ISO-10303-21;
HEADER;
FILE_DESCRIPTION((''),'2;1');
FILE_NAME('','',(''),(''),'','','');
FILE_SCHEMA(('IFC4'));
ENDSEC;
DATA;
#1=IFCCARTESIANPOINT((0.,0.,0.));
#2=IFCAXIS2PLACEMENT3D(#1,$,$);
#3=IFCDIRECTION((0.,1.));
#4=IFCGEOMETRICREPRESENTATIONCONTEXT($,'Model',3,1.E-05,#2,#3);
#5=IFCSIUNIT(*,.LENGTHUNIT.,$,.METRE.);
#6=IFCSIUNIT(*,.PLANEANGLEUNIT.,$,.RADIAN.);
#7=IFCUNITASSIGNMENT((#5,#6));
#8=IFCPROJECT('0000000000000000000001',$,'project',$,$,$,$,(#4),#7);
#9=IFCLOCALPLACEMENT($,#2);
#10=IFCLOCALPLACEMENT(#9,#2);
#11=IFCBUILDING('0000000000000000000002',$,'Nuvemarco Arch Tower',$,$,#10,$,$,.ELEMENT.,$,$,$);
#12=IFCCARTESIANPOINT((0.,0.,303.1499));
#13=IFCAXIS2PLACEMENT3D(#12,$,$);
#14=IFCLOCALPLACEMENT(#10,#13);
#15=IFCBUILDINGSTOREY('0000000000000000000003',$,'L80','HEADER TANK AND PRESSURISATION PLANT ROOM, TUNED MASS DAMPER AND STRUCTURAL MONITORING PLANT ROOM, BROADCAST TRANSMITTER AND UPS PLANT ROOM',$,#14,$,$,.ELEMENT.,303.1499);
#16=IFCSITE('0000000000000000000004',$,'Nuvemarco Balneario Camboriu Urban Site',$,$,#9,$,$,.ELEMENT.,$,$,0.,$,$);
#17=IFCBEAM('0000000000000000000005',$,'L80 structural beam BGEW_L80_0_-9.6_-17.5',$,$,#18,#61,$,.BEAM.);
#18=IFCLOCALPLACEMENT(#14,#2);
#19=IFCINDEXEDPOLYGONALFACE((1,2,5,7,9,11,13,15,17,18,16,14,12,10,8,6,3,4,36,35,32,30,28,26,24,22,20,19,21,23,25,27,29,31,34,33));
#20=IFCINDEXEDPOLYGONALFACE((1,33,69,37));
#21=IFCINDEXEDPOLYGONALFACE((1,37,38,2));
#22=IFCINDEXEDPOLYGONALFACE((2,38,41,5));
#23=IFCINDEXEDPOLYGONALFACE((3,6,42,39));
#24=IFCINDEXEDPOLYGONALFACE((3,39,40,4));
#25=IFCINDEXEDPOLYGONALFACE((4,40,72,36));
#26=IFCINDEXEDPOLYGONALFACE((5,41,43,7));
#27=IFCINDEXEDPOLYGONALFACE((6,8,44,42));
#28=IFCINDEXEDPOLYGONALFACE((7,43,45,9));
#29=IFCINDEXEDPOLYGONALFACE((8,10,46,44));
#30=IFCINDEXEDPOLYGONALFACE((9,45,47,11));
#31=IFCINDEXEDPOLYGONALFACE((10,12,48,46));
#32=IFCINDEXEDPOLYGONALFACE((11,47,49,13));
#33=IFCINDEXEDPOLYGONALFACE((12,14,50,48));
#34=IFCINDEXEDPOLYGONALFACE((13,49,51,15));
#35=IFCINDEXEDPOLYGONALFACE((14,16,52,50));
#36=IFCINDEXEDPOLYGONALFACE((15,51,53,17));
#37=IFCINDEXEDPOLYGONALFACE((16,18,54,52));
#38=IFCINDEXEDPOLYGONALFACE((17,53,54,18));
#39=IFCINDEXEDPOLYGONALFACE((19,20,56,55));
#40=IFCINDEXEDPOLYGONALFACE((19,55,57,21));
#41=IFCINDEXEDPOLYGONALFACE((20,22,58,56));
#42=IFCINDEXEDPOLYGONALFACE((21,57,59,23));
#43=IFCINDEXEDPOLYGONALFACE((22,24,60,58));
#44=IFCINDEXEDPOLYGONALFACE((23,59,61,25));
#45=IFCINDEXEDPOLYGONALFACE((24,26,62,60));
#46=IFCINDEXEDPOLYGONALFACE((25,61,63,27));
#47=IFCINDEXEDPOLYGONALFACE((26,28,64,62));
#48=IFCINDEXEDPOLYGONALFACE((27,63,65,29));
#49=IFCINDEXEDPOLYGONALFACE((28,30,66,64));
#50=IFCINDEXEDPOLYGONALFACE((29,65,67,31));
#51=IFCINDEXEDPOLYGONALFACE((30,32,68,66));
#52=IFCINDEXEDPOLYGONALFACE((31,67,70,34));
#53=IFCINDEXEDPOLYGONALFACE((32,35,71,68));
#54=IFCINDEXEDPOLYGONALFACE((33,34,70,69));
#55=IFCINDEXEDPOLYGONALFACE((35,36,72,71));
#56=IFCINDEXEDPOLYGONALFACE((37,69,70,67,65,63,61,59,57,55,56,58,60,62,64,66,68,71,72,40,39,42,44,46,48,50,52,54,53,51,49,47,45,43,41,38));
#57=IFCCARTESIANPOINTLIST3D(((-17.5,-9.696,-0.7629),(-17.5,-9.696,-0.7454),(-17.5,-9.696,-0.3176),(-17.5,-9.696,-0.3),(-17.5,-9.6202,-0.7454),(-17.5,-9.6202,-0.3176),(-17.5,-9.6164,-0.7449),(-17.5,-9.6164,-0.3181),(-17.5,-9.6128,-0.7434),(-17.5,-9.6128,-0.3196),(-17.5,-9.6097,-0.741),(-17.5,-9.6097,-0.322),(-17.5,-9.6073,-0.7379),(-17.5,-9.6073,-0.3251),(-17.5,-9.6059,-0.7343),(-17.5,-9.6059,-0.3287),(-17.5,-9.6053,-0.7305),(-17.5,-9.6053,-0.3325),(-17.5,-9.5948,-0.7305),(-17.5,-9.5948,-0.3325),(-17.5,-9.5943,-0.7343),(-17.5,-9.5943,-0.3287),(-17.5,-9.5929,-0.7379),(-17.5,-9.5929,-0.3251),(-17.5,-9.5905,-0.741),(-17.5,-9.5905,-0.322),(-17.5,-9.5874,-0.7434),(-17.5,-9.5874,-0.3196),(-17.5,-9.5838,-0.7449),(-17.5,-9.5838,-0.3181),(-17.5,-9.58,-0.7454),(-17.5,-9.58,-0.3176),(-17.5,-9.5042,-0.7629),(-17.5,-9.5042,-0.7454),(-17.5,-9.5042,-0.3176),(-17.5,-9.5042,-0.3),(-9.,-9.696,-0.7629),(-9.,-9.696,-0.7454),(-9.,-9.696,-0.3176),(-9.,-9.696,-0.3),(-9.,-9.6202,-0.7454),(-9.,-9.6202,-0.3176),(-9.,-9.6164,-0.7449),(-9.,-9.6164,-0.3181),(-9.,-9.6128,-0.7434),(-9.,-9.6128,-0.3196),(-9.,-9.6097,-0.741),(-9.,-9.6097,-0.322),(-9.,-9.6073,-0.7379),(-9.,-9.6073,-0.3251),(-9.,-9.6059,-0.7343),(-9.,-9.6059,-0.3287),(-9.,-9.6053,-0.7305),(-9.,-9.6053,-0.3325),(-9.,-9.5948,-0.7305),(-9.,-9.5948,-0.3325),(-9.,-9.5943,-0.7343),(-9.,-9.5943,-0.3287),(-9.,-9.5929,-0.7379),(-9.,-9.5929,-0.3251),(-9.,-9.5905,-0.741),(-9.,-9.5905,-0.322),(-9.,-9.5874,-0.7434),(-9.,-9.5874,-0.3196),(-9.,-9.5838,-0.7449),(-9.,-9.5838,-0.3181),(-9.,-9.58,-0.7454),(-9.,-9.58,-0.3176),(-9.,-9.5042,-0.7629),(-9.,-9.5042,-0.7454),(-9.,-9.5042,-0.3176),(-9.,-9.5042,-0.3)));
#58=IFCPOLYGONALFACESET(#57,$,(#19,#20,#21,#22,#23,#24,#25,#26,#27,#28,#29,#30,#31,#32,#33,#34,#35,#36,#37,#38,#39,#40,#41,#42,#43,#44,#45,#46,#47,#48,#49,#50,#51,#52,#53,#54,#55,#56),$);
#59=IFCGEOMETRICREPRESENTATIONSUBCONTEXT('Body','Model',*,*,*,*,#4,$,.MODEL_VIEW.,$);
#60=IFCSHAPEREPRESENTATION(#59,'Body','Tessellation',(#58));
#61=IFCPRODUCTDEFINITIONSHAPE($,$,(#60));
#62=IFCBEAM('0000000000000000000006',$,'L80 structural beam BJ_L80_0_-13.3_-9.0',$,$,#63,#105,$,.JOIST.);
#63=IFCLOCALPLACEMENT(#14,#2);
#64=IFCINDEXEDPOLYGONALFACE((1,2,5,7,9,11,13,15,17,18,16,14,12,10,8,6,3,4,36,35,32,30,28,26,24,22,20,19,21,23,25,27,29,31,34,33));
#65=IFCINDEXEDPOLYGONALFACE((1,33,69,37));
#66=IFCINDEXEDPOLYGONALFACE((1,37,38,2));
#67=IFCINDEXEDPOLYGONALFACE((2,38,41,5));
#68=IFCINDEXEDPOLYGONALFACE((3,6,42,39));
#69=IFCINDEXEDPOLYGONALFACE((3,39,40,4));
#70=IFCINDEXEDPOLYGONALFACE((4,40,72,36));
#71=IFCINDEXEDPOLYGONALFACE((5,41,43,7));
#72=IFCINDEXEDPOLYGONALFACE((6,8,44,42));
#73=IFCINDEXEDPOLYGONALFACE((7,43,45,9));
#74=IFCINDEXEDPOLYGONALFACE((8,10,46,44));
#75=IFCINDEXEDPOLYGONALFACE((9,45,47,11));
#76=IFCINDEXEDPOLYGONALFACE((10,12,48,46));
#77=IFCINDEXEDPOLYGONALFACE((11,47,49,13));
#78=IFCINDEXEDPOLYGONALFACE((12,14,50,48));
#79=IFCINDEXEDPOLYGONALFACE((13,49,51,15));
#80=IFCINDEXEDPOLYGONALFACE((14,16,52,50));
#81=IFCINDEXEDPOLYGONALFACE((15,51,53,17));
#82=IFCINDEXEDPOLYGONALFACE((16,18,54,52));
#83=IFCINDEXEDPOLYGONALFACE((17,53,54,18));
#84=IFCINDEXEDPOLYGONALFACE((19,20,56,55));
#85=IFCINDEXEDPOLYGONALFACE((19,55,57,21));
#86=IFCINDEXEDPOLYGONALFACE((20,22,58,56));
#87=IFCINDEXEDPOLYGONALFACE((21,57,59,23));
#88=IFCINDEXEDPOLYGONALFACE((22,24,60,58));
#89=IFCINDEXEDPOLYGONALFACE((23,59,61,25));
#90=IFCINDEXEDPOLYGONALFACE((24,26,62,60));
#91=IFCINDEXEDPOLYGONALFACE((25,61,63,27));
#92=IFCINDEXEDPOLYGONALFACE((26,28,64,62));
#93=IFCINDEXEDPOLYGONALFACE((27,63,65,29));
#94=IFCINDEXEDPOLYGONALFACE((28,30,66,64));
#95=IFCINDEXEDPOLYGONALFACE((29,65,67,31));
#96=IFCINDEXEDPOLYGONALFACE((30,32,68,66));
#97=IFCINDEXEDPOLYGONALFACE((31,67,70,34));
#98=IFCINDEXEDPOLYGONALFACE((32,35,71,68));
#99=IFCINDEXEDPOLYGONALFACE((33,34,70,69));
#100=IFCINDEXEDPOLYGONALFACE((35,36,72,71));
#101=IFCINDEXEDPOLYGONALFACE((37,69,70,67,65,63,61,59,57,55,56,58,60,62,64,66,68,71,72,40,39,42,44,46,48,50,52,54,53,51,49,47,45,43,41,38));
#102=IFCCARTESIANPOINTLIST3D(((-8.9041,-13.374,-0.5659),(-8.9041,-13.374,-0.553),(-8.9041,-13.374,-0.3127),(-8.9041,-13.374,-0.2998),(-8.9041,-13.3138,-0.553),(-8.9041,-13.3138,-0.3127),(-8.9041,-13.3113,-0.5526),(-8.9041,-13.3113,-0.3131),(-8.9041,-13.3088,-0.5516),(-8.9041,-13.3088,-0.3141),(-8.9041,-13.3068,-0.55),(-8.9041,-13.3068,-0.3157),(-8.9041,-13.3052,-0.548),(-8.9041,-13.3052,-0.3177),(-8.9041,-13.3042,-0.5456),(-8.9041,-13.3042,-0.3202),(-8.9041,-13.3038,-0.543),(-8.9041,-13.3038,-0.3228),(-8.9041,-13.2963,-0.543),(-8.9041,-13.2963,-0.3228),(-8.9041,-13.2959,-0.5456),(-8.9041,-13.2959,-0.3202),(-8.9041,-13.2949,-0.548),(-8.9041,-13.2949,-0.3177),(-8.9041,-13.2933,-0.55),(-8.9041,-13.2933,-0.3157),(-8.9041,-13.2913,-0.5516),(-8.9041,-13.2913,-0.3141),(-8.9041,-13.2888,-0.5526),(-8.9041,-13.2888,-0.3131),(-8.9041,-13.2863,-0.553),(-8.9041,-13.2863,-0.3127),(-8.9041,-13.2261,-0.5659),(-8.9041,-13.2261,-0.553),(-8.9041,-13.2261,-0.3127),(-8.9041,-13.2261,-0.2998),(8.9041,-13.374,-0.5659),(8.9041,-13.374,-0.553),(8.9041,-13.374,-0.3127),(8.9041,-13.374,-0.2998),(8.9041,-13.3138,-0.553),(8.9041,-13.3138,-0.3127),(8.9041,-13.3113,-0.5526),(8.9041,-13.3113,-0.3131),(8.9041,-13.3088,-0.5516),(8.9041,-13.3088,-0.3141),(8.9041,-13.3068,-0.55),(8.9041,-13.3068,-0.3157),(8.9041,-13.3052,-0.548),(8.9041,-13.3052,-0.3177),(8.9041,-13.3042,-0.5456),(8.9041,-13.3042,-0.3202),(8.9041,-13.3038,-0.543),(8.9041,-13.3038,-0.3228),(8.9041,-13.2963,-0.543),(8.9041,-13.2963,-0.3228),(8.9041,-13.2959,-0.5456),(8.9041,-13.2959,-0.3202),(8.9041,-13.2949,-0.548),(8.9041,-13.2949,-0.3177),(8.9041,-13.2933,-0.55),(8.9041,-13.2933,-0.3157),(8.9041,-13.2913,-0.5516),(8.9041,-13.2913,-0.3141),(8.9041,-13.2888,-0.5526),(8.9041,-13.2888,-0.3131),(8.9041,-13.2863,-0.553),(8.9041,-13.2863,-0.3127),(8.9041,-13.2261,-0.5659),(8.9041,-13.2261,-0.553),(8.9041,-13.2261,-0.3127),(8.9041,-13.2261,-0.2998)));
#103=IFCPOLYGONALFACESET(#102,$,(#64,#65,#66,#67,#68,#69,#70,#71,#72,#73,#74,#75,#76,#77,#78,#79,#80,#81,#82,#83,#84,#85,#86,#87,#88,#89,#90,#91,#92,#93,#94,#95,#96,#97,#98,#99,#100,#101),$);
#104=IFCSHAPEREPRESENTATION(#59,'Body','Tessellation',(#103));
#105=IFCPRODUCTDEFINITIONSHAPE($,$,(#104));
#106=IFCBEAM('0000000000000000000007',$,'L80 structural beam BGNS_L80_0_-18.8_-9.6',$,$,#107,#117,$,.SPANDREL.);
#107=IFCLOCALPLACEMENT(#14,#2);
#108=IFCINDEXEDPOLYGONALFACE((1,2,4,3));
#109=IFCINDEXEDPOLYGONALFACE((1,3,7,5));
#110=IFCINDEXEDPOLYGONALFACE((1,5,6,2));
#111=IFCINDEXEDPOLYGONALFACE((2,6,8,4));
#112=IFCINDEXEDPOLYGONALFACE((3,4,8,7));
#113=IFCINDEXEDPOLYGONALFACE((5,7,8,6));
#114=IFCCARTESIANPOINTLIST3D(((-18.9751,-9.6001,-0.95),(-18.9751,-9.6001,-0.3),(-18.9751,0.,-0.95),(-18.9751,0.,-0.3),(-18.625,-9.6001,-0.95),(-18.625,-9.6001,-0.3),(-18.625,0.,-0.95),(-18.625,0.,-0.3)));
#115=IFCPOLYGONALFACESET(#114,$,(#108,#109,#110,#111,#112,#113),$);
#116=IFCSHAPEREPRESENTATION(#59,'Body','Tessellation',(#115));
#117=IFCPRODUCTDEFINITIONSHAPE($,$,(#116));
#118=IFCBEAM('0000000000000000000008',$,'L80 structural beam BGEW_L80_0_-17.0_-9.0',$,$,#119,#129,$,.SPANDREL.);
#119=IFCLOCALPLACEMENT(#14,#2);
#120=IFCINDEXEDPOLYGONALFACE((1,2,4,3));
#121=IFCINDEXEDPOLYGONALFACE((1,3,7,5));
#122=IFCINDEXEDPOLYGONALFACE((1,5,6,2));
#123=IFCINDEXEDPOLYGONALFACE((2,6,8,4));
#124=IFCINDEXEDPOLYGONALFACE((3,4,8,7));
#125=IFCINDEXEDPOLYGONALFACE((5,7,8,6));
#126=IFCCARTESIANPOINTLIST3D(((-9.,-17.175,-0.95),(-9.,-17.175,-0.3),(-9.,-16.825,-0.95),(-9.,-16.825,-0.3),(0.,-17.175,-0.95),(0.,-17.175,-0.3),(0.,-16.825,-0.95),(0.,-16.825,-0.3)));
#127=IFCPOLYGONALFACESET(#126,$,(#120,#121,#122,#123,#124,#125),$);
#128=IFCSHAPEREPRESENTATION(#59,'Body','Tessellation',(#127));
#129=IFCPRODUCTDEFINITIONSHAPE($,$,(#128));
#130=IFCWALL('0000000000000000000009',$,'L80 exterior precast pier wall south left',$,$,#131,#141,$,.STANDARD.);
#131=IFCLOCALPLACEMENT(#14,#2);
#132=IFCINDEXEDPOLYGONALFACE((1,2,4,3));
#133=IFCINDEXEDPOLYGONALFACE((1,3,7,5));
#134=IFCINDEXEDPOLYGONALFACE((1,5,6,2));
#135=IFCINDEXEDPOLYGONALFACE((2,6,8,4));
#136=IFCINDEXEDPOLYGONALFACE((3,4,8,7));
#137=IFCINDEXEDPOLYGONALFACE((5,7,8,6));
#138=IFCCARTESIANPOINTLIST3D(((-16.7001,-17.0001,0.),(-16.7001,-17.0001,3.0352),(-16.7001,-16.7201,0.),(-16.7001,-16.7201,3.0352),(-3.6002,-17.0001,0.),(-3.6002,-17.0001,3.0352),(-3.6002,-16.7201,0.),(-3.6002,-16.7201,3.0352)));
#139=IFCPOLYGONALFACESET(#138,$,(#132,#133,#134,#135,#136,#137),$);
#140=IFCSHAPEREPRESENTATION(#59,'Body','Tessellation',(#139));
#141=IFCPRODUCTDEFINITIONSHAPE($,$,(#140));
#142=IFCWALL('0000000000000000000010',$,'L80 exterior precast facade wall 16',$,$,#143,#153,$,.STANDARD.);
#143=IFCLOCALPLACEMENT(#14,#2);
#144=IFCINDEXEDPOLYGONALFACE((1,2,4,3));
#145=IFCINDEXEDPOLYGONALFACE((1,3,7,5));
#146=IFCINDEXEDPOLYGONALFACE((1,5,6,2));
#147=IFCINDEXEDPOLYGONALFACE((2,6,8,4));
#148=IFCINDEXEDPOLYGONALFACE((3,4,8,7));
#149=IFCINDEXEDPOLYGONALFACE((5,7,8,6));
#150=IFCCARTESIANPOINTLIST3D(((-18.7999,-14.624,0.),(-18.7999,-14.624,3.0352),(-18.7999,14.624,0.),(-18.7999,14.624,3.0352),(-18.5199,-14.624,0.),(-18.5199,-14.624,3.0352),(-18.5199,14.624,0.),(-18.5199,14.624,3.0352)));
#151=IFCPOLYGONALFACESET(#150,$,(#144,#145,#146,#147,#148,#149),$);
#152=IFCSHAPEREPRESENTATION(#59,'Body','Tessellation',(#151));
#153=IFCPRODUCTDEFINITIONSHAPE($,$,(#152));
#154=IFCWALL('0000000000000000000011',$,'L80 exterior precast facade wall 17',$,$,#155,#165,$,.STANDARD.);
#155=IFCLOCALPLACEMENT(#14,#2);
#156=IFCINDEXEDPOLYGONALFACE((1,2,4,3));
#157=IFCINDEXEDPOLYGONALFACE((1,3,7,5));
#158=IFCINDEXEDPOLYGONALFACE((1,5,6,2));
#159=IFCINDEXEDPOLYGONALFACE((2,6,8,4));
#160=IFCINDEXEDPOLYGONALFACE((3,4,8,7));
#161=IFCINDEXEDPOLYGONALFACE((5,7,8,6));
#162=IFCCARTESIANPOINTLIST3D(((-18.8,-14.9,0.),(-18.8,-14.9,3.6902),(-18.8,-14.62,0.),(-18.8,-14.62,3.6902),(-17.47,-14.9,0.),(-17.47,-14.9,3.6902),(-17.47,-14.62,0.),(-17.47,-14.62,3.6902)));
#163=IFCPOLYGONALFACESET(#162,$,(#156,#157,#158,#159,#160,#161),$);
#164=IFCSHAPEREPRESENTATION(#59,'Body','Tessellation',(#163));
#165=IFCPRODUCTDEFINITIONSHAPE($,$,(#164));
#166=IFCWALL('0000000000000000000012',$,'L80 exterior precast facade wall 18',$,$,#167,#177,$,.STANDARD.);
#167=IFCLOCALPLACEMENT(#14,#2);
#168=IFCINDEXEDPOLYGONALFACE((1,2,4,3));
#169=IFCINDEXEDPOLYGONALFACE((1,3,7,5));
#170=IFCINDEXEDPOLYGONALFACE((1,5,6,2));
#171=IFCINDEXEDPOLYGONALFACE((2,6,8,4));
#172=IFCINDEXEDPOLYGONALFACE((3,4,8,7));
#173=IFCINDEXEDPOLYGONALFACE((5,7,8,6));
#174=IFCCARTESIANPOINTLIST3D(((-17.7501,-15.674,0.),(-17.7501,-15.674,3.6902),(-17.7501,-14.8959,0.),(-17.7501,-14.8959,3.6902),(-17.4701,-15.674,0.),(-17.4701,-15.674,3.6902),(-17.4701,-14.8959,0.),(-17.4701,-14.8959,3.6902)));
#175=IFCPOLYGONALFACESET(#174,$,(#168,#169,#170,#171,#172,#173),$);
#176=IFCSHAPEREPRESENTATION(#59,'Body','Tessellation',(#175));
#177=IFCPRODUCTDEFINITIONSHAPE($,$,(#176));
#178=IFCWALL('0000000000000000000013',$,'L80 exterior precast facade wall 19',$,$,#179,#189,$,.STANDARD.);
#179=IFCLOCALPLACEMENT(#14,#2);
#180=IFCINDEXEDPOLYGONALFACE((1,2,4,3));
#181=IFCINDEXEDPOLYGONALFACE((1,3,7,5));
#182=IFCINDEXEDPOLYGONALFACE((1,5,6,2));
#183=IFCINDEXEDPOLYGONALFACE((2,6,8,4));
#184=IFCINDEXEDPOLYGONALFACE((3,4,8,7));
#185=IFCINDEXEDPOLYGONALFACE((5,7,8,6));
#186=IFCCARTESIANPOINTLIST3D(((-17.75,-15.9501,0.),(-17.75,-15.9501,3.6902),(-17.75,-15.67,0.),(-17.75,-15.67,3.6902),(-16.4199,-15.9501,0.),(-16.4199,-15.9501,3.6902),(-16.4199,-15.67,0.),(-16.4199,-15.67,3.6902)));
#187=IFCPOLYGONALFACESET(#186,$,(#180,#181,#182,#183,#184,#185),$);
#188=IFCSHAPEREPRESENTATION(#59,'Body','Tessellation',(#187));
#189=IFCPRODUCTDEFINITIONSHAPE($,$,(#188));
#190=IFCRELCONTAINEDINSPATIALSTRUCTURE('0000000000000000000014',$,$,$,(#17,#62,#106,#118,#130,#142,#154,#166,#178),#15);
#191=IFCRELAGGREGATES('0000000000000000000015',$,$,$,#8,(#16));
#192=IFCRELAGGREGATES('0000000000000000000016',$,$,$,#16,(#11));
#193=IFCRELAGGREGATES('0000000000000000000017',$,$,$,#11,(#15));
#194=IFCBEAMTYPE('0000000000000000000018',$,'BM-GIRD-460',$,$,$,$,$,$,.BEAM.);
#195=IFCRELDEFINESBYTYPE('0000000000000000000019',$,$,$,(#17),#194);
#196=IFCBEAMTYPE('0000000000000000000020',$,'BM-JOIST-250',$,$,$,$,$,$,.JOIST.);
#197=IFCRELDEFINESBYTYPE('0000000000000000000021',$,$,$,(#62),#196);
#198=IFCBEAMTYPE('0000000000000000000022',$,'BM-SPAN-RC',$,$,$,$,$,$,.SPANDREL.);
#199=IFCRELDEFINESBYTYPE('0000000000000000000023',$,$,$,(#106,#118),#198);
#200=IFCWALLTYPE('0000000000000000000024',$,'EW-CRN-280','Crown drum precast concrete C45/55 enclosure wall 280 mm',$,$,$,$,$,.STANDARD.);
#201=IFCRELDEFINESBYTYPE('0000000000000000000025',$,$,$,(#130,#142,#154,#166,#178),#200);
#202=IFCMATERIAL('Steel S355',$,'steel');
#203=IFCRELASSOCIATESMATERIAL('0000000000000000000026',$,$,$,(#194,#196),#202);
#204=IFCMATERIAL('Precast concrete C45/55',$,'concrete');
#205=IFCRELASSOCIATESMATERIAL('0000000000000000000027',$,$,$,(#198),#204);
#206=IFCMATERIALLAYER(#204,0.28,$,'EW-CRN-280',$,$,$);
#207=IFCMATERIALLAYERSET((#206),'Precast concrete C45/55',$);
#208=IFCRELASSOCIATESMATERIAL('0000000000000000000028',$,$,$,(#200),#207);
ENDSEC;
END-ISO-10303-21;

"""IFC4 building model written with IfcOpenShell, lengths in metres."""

from ifc_helpers import new_model, si_unit, direction, frame, frame_2d, origin, origin_2d, place, context, subcontext, project, spatial, rectangle, i_section, extrude, material, layer, layer_set, material_profile, profile_set, type_object, element, save


model = new_model("IFC4")

# Units and contexts
model_context = context("Model", 3, precision=1e-05, world=origin(), true_north=direction((0.0, 1.0)))
body_context = subcontext(model_context, "Body", "Model", "MODEL_VIEW")
ifc_project = project(units=[si_unit("LENGTHUNIT", "METRE"), si_unit("PLANEANGLEUNIT", "RADIAN")], contexts=[model_context])

# Site, building, storey
site_placement = place(None, origin())
site = spatial("IfcSite", under=ifc_project, at=site_placement, Name="Nuvemarco Balneario Camboriu Urban Site", CompositionType="ELEMENT", RefElevation=0.0)
building_placement = place(site_placement, origin())
building = spatial("IfcBuilding", under=site, at=building_placement, Name="Nuvemarco Arch Tower", CompositionType="ELEMENT")
storey_placement = place(building_placement, frame((0.0, 0.0, 303.1499)))
storey = spatial("IfcBuildingStorey", under=building, at=storey_placement, Name="L80", Description="HEADER TANK AND PRESSURISATION PLANT ROOM, TUNED MASS DAMPER AND STRUCTURAL MONITORING PLANT ROOM, BROADCAST TRANSMITTER AND UPS PLANT ROOM", CompositionType="ELEMENT", Elevation=303.1499)

# Shared definitions
ifc_material_1 = material(Name="Steel S355", Category="steel")

# Beams
ifc_material_profile_1 = material_profile(ifc_material_1, i_section(OverallWidth=0.1919, OverallDepth=0.4629, WebThickness=0.0105, FlangeThickness=0.0176, FilletRadius=0.0149, at=origin_2d()), Name="W460x89")
ifc_profile_set_1 = profile_set([ifc_material_profile_1], Name="Steel S355")
beam_type_1 = type_object("IfcBeamType", Name="BM-GIRD-460", PredefinedType="BEAM", material=ifc_profile_set_1)
beam_1_placement = place(storey_placement, frame((-17.5, -9.6001, -0.5315), z_axis=(1.0, 0.0, 0.0), x_axis=(0.0, 1.0, 0.0)))
element("IfcBeam", 1, at=beam_1_placement, inside=storey, type_object=beam_type_1, Name="L80 structural beam BGEW_L80_0_-9.6_-17.5", PredefinedType="BEAM", context=body_context, shape_type="SweptSolid", body=[
    extrude(i_section(OverallWidth=0.1919, OverallDepth=0.4629, WebThickness=0.0105, FlangeThickness=0.0176, FilletRadius=0.0149, at=origin_2d()), origin(), (0.0, 0.0, 1.0), 8.5),
])
ifc_material_profile_2 = material_profile(ifc_material_1, i_section(OverallWidth=0.1479, OverallDepth=0.2661, WebThickness=0.0076, FlangeThickness=0.0129, FilletRadius=0.01, at=origin_2d()), Name="W250x44.8")
ifc_profile_set_2 = profile_set([ifc_material_profile_2], Name="Steel S355")
beam_type_2 = type_object("IfcBeamType", Name="BM-JOIST-250", PredefinedType="JOIST", material=ifc_profile_set_2)
beam_2_placement = place(storey_placement, frame((-8.9041, -13.3, -0.4329), z_axis=(1.0, 0.0, 0.0), x_axis=(0.0, 1.0, 0.0)))
element("IfcBeam", 2, at=beam_2_placement, inside=storey, type_object=beam_type_2, Name="L80 structural beam BJ_L80_0_-13.3_-9.0", PredefinedType="JOIST", context=body_context, shape_type="SweptSolid", body=[
    extrude(i_section(OverallWidth=0.1479, OverallDepth=0.2661, WebThickness=0.0076, FlangeThickness=0.0129, FilletRadius=0.01, at=origin_2d()), origin(), (0.0, 0.0, 1.0), 17.8081),
])
ifc_material_2 = material(Name="Precast concrete C45/55", Category="concrete")
ifc_material_profile_3 = material_profile(ifc_material_2, rectangle(XDim=0.3501, YDim=0.6499, at=origin_2d()), Name="PC-SP-350x650")
ifc_profile_set_3 = profile_set([ifc_material_profile_3], Name="Precast concrete C45/55")
beam_type_3 = type_object("IfcBeamType", Name="BM-SPAN-RC", PredefinedType="SPANDREL", material=ifc_profile_set_3)
beam_3_placement = place(storey_placement, frame((-18.8, -9.6001, -0.625), z_axis=(0.0, 1.0, 0.0), x_axis=(-1.0, 0.0, 0.0)))
element("IfcBeam", 3, at=beam_3_placement, inside=storey, type_object=beam_type_3, Name="L80 structural beam BGNS_L80_0_-18.8_-9.6", PredefinedType="SPANDREL", context=body_context, shape_type="SweptSolid", body=[
    extrude(rectangle(XDim=0.3501, YDim=0.6499, at=origin_2d()), origin(), (0.0, 0.0, 1.0), 9.6001),
])
beam_4_placement = place(storey_placement, frame((-9.0, -17.0, -0.625), z_axis=(1.0, 0.0, 0.0), x_axis=(0.0, 1.0, 0.0)))
element("IfcBeam", 4, at=beam_4_placement, inside=storey, type_object=beam_type_3, Name="L80 structural beam BGEW_L80_0_-17.0_-9.0", PredefinedType="SPANDREL", context=body_context, shape_type="SweptSolid", body=[
    extrude(rectangle(XDim=0.3501, YDim=0.6499, at=origin_2d()), origin(), (0.0, 0.0, 1.0), 9.0),
])

# Walls
ifc_layer_1 = layer(ifc_material_2, 0.28, Name="EW-CRN-280")
ifc_layer_set_1 = layer_set([ifc_layer_1], Name="Precast concrete C45/55")
wall_type_1 = type_object("IfcWallType", Name="EW-CRN-280", Description="Crown drum precast concrete C45/55 enclosure wall 280 mm", PredefinedType="STANDARD", material=ifc_layer_set_1)
wall_1_placement = place(storey_placement, frame((-16.7, -16.8601, 0.0), z_axis=(0.0, 0.0, 1.0), x_axis=(1.0, 0.0, 0.0)))
element("IfcWall", 5, at=wall_1_placement, inside=storey, type_object=wall_type_1, Name="L80 exterior precast pier wall south left", PredefinedType="STANDARD", context=body_context, shape_type="SweptSolid", body=[
    extrude(rectangle(XDim=13.0999, YDim=0.28, at=frame_2d((6.5498, 0.0))), origin(), (0.0, 0.0, 1.0), 3.0352),
])
wall_2_placement = place(storey_placement, frame((-18.6599, -14.624, 0.0), z_axis=(0.0, 0.0, 1.0), x_axis=(0.0, 1.0, 0.0)))
element("IfcWall", 6, at=wall_2_placement, inside=storey, type_object=wall_type_1, Name="L80 exterior precast facade wall 16", PredefinedType="STANDARD", context=body_context, shape_type="SweptSolid", body=[
    extrude(rectangle(XDim=29.248, YDim=0.28, at=frame_2d((14.624, 0.0))), origin(), (0.0, 0.0, 1.0), 3.0352),
])
wall_3_placement = place(storey_placement, frame((-18.8, -14.76, 0.0), z_axis=(0.0, 0.0, 1.0), x_axis=(1.0, 0.0, 0.0)))
element("IfcWall", 7, at=wall_3_placement, inside=storey, type_object=wall_type_1, Name="L80 exterior precast facade wall 17", PredefinedType="STANDARD", context=body_context, shape_type="SweptSolid", body=[
    extrude(rectangle(XDim=1.3301, YDim=0.28, at=frame_2d((0.665, 0.0))), origin(), (0.0, 0.0, 1.0), 3.6902),
])
wall_4_placement = place(storey_placement, frame((-17.6101, -15.6741, 0.0), z_axis=(0.0, 0.0, 1.0), x_axis=(0.0, 1.0, 0.0)))
element("IfcWall", 8, at=wall_4_placement, inside=storey, type_object=wall_type_1, Name="L80 exterior precast facade wall 18", PredefinedType="STANDARD", context=body_context, shape_type="SweptSolid", body=[
    extrude(rectangle(XDim=0.7781, YDim=0.28, at=frame_2d((0.3892, 0.0))), origin(), (0.0, 0.0, 1.0), 3.6902),
])
wall_5_placement = place(storey_placement, frame((-17.75, -15.8101, 0.0), z_axis=(0.0, 0.0, 1.0), x_axis=(1.0, 0.0, 0.0)))
element("IfcWall", 9, at=wall_5_placement, inside=storey, type_object=wall_type_1, Name="L80 exterior precast facade wall 19", PredefinedType="STANDARD", context=body_context, shape_type="SweptSolid", body=[
    extrude(rectangle(XDim=1.3301, YDim=0.28, at=frame_2d((0.665, 0.0))), origin(), (0.0, 0.0, 1.0), 3.6902),
])

save(model, "model.ifc")
